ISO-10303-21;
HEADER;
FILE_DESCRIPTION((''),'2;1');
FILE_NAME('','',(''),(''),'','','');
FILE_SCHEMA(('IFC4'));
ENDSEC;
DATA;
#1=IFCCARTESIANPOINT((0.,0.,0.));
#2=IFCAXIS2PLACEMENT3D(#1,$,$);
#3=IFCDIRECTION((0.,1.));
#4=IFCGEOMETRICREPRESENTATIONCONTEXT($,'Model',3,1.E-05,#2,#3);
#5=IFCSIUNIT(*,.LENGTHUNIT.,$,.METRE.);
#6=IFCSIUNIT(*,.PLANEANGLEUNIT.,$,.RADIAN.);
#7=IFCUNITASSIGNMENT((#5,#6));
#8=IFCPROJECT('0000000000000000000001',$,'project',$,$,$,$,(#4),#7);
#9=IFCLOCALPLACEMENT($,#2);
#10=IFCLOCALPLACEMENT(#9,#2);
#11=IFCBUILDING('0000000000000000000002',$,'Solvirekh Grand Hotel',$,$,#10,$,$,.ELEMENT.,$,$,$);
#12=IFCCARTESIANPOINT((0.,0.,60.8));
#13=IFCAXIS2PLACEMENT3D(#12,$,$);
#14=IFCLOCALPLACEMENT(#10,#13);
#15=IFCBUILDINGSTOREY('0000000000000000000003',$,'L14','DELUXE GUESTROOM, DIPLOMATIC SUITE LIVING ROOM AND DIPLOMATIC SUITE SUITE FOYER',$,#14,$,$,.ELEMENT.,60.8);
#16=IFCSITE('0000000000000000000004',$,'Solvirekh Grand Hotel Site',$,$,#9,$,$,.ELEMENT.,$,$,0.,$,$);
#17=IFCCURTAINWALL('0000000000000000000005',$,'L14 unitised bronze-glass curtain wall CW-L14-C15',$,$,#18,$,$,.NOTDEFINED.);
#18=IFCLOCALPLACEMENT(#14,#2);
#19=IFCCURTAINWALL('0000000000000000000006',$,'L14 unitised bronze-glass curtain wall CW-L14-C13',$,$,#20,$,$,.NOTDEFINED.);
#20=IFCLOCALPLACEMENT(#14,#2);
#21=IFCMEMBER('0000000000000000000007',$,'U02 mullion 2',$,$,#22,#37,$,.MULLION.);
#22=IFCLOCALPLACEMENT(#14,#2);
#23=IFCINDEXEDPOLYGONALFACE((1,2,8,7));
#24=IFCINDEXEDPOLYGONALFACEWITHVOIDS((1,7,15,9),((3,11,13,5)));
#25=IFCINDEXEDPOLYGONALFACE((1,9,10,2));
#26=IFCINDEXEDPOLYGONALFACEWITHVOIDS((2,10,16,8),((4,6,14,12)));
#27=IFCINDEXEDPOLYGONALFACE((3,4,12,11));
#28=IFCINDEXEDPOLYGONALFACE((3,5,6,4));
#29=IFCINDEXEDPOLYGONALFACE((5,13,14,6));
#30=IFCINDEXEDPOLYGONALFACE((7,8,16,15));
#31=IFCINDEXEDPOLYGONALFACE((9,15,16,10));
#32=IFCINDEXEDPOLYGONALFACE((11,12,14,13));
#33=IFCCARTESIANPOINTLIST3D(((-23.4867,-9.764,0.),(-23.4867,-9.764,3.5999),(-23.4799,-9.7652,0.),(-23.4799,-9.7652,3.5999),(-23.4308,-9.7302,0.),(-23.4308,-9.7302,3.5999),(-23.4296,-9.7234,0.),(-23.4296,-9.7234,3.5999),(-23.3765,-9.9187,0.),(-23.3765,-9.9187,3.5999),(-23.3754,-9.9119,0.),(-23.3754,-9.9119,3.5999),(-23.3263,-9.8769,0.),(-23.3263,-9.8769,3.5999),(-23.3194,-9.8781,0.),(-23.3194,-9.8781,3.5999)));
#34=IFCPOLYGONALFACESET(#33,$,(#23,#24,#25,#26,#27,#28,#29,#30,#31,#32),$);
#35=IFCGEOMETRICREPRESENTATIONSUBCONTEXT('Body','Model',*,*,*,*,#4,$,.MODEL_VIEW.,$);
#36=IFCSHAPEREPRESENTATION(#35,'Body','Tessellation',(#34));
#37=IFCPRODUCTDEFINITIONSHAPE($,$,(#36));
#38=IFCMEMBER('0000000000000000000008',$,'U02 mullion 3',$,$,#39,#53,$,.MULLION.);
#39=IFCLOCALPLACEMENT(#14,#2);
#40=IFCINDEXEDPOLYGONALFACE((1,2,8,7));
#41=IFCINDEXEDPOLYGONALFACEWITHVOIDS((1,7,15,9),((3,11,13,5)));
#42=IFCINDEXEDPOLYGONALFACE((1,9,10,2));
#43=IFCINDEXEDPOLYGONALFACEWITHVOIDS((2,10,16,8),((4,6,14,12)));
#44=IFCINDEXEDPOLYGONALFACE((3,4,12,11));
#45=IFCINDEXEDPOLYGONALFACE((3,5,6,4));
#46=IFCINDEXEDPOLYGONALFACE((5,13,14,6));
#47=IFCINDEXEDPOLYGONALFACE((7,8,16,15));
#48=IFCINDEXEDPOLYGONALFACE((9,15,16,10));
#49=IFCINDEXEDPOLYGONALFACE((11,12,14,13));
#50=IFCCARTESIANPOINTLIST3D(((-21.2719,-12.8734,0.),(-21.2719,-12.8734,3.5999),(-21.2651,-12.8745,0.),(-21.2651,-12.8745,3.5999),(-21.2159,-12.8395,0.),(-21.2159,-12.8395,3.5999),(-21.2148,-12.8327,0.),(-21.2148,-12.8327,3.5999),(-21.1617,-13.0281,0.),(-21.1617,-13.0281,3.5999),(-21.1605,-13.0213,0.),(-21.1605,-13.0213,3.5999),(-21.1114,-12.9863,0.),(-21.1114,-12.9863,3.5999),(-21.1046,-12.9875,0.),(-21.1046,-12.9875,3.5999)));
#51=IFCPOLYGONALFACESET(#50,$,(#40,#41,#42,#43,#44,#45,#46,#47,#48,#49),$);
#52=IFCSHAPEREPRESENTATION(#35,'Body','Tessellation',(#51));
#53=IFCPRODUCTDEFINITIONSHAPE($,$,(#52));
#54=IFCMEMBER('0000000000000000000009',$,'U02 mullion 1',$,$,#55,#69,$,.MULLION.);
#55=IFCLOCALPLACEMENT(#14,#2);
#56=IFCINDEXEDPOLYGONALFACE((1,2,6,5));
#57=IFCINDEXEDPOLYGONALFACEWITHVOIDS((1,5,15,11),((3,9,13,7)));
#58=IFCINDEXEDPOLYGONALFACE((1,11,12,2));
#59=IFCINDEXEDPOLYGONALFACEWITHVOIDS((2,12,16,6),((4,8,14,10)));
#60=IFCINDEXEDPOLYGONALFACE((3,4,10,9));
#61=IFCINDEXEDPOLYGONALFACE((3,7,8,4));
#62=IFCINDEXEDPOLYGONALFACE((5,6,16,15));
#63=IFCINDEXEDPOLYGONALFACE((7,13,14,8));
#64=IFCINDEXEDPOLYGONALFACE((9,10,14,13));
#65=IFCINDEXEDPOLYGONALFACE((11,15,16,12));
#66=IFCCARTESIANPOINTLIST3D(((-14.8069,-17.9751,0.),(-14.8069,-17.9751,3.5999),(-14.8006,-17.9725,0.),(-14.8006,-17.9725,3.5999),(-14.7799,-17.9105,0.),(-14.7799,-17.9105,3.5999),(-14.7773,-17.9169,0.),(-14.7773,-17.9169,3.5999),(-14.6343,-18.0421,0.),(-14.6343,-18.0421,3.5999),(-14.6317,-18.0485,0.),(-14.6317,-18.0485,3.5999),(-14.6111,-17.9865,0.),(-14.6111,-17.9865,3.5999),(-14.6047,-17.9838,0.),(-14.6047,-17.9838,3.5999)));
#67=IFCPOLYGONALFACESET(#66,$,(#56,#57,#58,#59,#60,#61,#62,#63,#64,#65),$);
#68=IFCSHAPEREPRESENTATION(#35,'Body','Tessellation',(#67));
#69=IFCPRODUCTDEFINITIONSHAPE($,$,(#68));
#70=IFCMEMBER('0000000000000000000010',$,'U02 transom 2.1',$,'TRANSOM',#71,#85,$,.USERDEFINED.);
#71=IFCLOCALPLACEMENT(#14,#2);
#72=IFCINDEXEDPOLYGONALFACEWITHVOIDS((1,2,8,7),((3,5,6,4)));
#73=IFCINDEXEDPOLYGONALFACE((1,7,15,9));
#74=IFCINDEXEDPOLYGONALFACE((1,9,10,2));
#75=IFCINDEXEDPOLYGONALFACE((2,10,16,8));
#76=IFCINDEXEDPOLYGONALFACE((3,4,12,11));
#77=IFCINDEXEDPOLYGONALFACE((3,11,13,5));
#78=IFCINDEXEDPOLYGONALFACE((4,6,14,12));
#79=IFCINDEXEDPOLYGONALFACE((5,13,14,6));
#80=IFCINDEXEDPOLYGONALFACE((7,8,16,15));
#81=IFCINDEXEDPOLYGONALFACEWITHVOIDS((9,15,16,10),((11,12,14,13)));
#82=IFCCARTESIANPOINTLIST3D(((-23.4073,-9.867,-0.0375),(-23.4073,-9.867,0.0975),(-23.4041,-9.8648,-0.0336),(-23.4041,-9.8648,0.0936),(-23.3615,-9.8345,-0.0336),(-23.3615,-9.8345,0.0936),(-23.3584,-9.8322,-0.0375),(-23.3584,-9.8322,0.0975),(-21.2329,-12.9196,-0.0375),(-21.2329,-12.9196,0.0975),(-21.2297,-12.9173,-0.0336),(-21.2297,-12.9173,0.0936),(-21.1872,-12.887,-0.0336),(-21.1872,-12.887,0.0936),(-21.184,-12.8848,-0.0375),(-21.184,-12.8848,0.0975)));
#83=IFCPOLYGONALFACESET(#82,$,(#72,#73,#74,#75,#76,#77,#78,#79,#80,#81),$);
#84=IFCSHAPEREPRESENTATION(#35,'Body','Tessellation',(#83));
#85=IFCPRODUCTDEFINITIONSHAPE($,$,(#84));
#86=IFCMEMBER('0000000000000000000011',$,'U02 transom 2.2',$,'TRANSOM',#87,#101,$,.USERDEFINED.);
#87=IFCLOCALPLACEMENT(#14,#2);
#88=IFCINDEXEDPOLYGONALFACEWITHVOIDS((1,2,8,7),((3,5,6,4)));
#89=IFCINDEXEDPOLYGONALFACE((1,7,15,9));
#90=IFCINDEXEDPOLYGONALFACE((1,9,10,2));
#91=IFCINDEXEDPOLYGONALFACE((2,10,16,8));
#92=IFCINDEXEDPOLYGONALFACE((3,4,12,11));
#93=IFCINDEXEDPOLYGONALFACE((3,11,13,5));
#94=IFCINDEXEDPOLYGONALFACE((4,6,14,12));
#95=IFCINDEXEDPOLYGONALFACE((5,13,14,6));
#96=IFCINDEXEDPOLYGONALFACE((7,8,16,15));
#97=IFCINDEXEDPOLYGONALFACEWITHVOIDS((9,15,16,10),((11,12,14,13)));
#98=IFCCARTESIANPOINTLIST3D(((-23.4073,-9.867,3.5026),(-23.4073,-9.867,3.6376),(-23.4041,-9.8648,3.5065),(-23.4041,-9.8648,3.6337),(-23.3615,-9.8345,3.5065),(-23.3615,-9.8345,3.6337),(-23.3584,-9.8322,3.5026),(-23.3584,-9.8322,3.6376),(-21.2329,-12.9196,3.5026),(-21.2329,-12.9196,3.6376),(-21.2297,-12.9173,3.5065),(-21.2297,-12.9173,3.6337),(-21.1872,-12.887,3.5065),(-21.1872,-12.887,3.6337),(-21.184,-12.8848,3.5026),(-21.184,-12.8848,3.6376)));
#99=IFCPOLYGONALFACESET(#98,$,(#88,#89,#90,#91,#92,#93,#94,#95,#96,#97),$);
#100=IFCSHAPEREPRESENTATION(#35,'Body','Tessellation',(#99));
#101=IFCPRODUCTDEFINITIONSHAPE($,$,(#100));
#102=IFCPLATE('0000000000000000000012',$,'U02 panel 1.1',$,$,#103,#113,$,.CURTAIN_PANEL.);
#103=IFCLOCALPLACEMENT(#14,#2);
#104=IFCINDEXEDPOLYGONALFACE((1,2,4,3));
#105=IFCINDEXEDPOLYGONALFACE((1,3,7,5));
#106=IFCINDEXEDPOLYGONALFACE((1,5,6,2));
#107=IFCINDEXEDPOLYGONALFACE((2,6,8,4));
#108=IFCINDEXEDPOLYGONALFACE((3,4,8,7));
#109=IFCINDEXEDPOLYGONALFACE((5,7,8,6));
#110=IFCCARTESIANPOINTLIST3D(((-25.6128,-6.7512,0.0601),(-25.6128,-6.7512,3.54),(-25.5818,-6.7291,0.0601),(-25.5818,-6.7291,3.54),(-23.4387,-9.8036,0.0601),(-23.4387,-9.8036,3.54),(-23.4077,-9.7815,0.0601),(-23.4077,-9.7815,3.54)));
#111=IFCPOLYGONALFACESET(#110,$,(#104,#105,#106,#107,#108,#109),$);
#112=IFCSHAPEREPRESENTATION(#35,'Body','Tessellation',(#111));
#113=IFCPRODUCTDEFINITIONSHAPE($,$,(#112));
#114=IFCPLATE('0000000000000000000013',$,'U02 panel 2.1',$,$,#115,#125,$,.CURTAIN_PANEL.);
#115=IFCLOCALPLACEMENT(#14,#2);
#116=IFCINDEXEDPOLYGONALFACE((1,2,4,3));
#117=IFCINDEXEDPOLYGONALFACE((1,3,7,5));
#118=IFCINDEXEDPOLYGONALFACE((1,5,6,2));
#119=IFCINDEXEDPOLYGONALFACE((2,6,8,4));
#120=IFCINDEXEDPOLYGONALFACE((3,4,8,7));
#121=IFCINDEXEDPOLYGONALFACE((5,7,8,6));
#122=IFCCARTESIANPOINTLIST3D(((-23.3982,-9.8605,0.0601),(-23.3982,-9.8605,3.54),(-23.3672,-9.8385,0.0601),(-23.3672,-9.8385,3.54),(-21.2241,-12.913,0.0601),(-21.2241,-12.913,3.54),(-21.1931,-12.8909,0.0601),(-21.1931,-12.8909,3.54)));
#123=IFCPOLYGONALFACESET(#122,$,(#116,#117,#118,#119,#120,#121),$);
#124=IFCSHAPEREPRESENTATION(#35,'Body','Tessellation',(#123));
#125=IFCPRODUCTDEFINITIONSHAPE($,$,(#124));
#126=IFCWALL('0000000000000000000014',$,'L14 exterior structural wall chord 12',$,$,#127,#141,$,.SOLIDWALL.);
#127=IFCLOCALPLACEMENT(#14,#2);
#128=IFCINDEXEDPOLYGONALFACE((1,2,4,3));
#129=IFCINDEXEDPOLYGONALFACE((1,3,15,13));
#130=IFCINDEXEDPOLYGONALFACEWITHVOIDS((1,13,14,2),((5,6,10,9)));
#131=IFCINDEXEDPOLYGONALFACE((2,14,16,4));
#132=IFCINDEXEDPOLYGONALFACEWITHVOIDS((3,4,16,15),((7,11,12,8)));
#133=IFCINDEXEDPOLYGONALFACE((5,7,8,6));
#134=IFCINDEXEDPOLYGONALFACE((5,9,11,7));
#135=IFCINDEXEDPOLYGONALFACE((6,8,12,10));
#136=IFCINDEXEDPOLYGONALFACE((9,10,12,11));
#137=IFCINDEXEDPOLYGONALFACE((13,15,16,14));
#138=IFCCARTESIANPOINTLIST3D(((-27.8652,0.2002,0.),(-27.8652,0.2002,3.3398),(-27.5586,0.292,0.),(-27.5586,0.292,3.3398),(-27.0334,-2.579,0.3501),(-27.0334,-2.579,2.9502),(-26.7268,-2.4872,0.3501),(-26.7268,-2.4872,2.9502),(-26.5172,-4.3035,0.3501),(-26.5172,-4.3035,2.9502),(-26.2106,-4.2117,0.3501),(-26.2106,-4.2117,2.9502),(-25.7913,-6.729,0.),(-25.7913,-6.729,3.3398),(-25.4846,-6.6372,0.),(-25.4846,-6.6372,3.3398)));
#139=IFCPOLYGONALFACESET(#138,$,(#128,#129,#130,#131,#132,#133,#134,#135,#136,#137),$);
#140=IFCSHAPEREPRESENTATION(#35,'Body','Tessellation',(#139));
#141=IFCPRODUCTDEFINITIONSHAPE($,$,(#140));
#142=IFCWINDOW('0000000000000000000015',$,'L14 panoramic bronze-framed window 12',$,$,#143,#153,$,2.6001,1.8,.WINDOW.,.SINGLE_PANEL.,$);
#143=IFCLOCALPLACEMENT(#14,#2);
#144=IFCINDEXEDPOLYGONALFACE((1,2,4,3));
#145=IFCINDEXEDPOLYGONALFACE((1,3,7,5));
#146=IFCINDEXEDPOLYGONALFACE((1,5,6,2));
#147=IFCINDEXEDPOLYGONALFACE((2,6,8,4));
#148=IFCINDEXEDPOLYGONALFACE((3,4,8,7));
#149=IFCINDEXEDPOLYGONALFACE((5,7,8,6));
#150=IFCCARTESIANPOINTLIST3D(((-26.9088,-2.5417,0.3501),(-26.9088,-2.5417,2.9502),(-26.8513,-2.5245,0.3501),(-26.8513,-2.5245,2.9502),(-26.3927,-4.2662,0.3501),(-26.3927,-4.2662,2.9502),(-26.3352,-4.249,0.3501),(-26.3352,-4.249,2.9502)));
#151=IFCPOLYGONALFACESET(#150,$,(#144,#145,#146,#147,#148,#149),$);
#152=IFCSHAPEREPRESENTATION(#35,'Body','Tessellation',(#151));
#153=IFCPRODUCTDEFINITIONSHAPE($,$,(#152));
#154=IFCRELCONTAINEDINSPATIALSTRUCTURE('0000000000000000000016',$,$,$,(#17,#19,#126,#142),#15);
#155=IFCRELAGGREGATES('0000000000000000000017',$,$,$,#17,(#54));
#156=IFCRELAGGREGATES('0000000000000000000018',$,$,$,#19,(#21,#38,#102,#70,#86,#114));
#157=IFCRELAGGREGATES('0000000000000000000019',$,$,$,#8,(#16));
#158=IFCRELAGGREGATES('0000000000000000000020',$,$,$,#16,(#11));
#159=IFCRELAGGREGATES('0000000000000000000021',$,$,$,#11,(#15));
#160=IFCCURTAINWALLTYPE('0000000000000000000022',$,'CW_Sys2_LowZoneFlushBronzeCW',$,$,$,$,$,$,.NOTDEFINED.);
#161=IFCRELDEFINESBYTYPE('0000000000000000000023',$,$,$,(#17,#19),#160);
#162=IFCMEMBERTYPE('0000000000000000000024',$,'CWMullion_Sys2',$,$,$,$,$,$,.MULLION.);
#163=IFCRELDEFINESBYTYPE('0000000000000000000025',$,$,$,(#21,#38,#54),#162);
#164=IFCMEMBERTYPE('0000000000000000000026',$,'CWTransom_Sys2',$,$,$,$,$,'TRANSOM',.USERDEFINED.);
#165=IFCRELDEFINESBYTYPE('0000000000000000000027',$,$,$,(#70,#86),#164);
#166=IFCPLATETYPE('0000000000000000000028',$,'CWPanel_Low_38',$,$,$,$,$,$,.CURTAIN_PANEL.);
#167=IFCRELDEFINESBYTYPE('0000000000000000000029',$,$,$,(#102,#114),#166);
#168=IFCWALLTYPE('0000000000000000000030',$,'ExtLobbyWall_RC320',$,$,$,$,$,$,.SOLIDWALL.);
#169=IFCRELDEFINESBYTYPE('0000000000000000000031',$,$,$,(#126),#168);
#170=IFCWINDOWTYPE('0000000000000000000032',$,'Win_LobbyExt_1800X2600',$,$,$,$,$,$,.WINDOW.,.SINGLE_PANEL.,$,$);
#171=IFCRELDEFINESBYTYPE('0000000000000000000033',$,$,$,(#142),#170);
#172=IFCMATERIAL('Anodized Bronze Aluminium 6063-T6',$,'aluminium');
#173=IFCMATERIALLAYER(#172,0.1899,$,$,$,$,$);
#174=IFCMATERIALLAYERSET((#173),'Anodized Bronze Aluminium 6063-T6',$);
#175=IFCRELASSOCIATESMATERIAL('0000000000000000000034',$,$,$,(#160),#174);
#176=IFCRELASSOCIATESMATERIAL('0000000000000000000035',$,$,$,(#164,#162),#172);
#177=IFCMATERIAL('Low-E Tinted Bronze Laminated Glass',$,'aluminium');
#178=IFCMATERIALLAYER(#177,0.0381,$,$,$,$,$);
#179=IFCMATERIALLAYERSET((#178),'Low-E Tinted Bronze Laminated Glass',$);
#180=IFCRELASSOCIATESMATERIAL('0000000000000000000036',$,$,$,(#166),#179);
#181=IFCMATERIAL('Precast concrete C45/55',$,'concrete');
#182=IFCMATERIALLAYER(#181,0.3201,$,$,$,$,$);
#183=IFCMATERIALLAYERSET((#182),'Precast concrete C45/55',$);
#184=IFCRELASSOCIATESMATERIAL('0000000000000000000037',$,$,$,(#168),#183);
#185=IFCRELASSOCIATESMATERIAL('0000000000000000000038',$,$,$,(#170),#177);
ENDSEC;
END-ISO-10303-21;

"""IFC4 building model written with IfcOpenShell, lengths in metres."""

from ifc_helpers import new_model, si_unit, direction, frame, frame_2d, origin, origin_2d, place, context, subcontext, project, spatial, rectangle, hollow_rectangle, extrude, source, transform, mapped, material, layer, layer_set, material_profile, profile_set, type_object, element, fill, aggregate, save


model = new_model("IFC4")

# Units and contexts
model_context = context("Model", 3, precision=1e-05, world=origin(), true_north=direction((0.0, 1.0)))
body_context = subcontext(model_context, "Body", "Model", "MODEL_VIEW")
ifc_project = project(units=[si_unit("LENGTHUNIT", "METRE"), si_unit("PLANEANGLEUNIT", "RADIAN")], contexts=[model_context])

# Site, building, storey
site_placement = place(None, origin())
site = spatial("IfcSite", under=ifc_project, at=site_placement, Name="Solvirekh Grand Hotel Site", CompositionType="ELEMENT", RefElevation=0.0)
building_placement = place(site_placement, origin())
building = spatial("IfcBuilding", under=site, at=building_placement, Name="Solvirekh Grand Hotel", CompositionType="ELEMENT")
storey_placement = place(building_placement, frame((0.0, 0.0, 60.8)))
storey = spatial("IfcBuildingStorey", under=building, at=storey_placement, Name="L14", Description="DELUXE GUESTROOM, DIPLOMATIC SUITE LIVING ROOM AND DIPLOMATIC SUITE SUITE FOYER", CompositionType="ELEMENT", Elevation=60.8)

# Curtain wall
ifc_material_1 = material(Name="Anodized Bronze Aluminium 6063-T6", Category="aluminium")
ifc_layer_1 = layer(ifc_material_1, 0.1899)
ifc_layer_set_1 = layer_set([ifc_layer_1], Name="Anodized Bronze Aluminium 6063-T6")
curtain_wall_type = type_object("IfcCurtainWallType", Name="CW_Sys2_LowZoneFlushBronzeCW", PredefinedType="NOTDEFINED", material=ifc_layer_set_1)
curtain_wall_1_placement = place(storey_placement, origin())
curtain_wall_1 = element("IfcCurtainWall", 1, at=curtain_wall_1_placement, inside=storey, type_object=curtain_wall_type, Name="L14 unitised bronze-glass curtain wall CW-L14-C15", PredefinedType="NOTDEFINED")
ifc_material_profile_1 = material_profile(ifc_material_1, hollow_rectangle(XDim=0.0601, YDim=0.135, WallThickness=0.0039, at=origin_2d()), Name="ALU RHS 135X60X4")
ifc_profile_set_1 = profile_set([ifc_material_profile_1], Name="Anodized Bronze Aluminium 6063-T6")
member_type_1 = type_object("IfcMemberType", Name="CWTransom_Sys2", ElementType="TRANSOM", PredefinedType="USERDEFINED", material=ifc_profile_set_1)

# Curtain wall, members
curtain_wall_2_placement = place(storey_placement, origin())
curtain_wall_2 = element("IfcCurtainWall", 2, at=curtain_wall_2_placement, inside=storey, type_object=curtain_wall_type, Name="L14 unitised bronze-glass curtain wall CW-L14-C13", PredefinedType="NOTDEFINED")
ifc_material_profile_2 = material_profile(ifc_material_1, hollow_rectangle(XDim=0.0701, YDim=0.1899, WallThickness=0.0049, at=origin_2d()), Name="ALU RHS 190X70X5")
ifc_profile_set_2 = profile_set([ifc_material_profile_2], Name="Anodized Bronze Aluminium 6063-T6")
member_type_2 = type_object("IfcMemberType", Name="CWMullion_Sys2", PredefinedType="MULLION", material=ifc_profile_set_2)
shared_shape_1 = source(origin(), body_context, "Body", "SweptSolid", [
    extrude(hollow_rectangle(XDim=0.0701, YDim=0.1899, WallThickness=0.0049, at=origin_2d()), origin(), (0.0, 0.0, 1.0), 3.5999),
])
member_1_placement = place(storey_placement, frame((-23.4031, -9.821, 0.0), z_axis=(0.0, 0.0, 1.0), x_axis=(0.814522, 0.580133, 0.0)))
member_1 = element("IfcMember", 3, at=member_1_placement, type_object=member_type_2, Name="U02 mullion 2", PredefinedType="MULLION", context=body_context, shape_type="MappedRepresentation", body=[
    mapped(shared_shape_1, transform((0.0, 0.0, 0.0), x_axis=(1.0, 0.0, 0.0), y_axis=(0.0, 1.0, 0.0), z_axis=(0.0, 0.0, 1.0), scale=1.0)),
])
member_2_placement = place(storey_placement, frame((-21.1882, -12.9304, 0.0), z_axis=(0.0, 0.0, 1.0), x_axis=(0.814522, 0.580133, 0.0)))
member_2 = element("IfcMember", 4, at=member_2_placement, type_object=member_type_2, Name="U02 mullion 3", PredefinedType="MULLION", context=body_context, shape_type="MappedRepresentation", body=[
    mapped(shared_shape_1, transform((0.0, 0.0, 0.0), x_axis=(1.0, 0.0, 0.0), y_axis=(0.0, 1.0, 0.0), z_axis=(0.0, 0.0, 1.0), scale=1.0)),
])

# Members
member_3_placement = place(storey_placement, frame((-14.7058, -17.9795, 0.0), z_axis=(0.0, 0.0, 1.0), x_axis=(0.386058, 0.922474, 0.0)))
member_3 = element("IfcMember", 5, at=member_3_placement, type_object=member_type_2, Name="U02 mullion 1", PredefinedType="MULLION", context=body_context, shape_type="MappedRepresentation", body=[
    mapped(shared_shape_1, transform((0.0, 0.0, 0.0), x_axis=(1.0, 0.0, 0.0), y_axis=(0.0, 1.0, 0.0), z_axis=(0.0, 0.0, 1.0), scale=1.0)),
])
aggregate(curtain_wall_1, [member_3])
shared_shape_2 = source(origin(), body_context, "Body", "SweptSolid", [
    extrude(hollow_rectangle(XDim=0.0601, YDim=0.135, WallThickness=0.0039, at=origin_2d()), origin(), (0.0, 0.0, 1.0), 3.7478),
])
member_4_placement = place(storey_placement, frame((-23.3828, -9.8496, 0.03), z_axis=(0.580172, -0.814494, 0.0), x_axis=(0.814494, 0.580172, 0.0)))
member_4 = element("IfcMember", 6, at=member_4_placement, type_object=member_type_1, Name="U02 transom 2.1", ObjectType="TRANSOM", PredefinedType="USERDEFINED", context=body_context, shape_type="MappedRepresentation", body=[
    mapped(shared_shape_2, transform((0.0, 0.0, 0.0), x_axis=(1.0, 0.0, 0.0), y_axis=(0.0, 1.0, 0.0), z_axis=(0.0, 0.0, 1.0), scale=1.0)),
])
member_5_placement = place(storey_placement, frame((-23.3828, -9.8496, 3.5701), z_axis=(0.580172, -0.814494, 0.0), x_axis=(0.814494, 0.580172, 0.0)))
member_5 = element("IfcMember", 7, at=member_5_placement, type_object=member_type_1, Name="U02 transom 2.2", ObjectType="TRANSOM", PredefinedType="USERDEFINED", context=body_context, shape_type="MappedRepresentation", body=[
    mapped(shared_shape_2, transform((0.0, 0.0, 0.0), x_axis=(1.0, 0.0, 0.0), y_axis=(0.0, 1.0, 0.0), z_axis=(0.0, 0.0, 1.0), scale=1.0)),
])

# Plates
ifc_material_2 = material(Name="Low-E Tinted Bronze Laminated Glass", Category="aluminium")
ifc_layer_2 = layer(ifc_material_2, 0.0381)
ifc_layer_set_2 = layer_set([ifc_layer_2], Name="Low-E Tinted Bronze Laminated Glass")
plate_type = type_object("IfcPlateType", Name="CWPanel_Low_38", PredefinedType="CURTAIN_PANEL", material=ifc_layer_set_2)
shared_shape_3 = source(origin(), body_context, "Body", "SweptSolid", [
    extrude(rectangle(XDim=3.7476, YDim=0.0381, at=origin_2d()), origin(), (0.0, 0.0, 1.0), 3.48),
])
plate_1_placement = place(storey_placement, frame((-24.5103, -8.2664, 0.0601), z_axis=(0.0, 0.0, 1.0), x_axis=(0.580133, -0.814522, 0.0)))
plate_1 = element("IfcPlate", 8, at=plate_1_placement, type_object=plate_type, Name="U02 panel 1.1", PredefinedType="CURTAIN_PANEL", context=body_context, shape_type="MappedRepresentation", body=[
    mapped(shared_shape_3, transform((0.0, 0.0, 0.0), x_axis=(1.0, 0.0, 0.0), y_axis=(0.0, 1.0, 0.0), z_axis=(0.0, 0.0, 1.0), scale=1.0)),
])
plate_2_placement = place(storey_placement, frame((-22.2957, -11.3757, 0.0601), z_axis=(0.0, 0.0, 1.0), x_axis=(0.580133, -0.814522, 0.0)))
plate_2 = element("IfcPlate", 9, at=plate_2_placement, type_object=plate_type, Name="U02 panel 2.1", PredefinedType="CURTAIN_PANEL", context=body_context, shape_type="MappedRepresentation", body=[
    mapped(shared_shape_3, transform((0.0, 0.0, 0.0), x_axis=(1.0, 0.0, 0.0), y_axis=(0.0, 1.0, 0.0), z_axis=(0.0, 0.0, 1.0), scale=1.0)),
])
aggregate(curtain_wall_2, [member_1, member_2, plate_1, member_4, member_5, plate_2])

# Wall, opening, window
ifc_material_3 = material(Name="Precast concrete C45/55", Category="concrete")
ifc_layer_3 = layer(ifc_material_3, 0.3201)
ifc_layer_set_3 = layer_set([ifc_layer_3], Name="Precast concrete C45/55")
wall_type_1 = type_object("IfcWallType", Name="ExtLobbyWall_RC320", PredefinedType="SOLIDWALL", material=ifc_layer_set_3)
wall_1_placement = place(storey_placement, frame((-25.6379, -6.6831, 0.0), z_axis=(0.0, 0.0, 1.0), x_axis=(-0.286741, 0.958008, 0.0)))
wall_1 = element("IfcWall", 10, at=wall_1_placement, inside=storey, type_object=wall_type_1, Name="L14 exterior structural wall chord 12", PredefinedType="SOLIDWALL", context=body_context, shape_type="SweptSolid", body=[
    extrude(rectangle(XDim=7.2329, YDim=0.3201, at=frame_2d((3.6165, 0.0))), origin(), (0.0, 0.0, 1.0), 3.3398),
])
opening_1_placement = place(wall_1_placement, frame((2.532, 0.0, 0.3501)))
opening_1 = element("IfcOpeningElement", 11, at=opening_1_placement, cuts=wall_1, PredefinedType="OPENING", context=body_context, shape_type="SweptSolid", body=[
    extrude(rectangle(XDim=1.8, YDim=2.6001, at=frame_2d((0.8999, 1.3))), frame((0.0, 0.1699, 0.0), z_axis=(0.0, -1.0, 0.0), x_axis=(1.0, 0.0, 0.0)), (0.0, 0.0, 1.0), 0.3401),
])
window_type = type_object("IfcWindowType", Name="Win_LobbyExt_1800X2600", PartitioningType="SINGLE_PANEL", PredefinedType="WINDOW", material=ifc_material_2)
window_1_placement = place(opening_1_placement, origin())
window_1 = element("IfcWindow", 12, at=window_1_placement, inside=storey, type_object=window_type, Name="L14 panoramic bronze-framed window 12", OverallHeight=2.6001, OverallWidth=1.8, PartitioningType="SINGLE_PANEL", PredefinedType="WINDOW", context=body_context, shape_type="SweptSolid", body=[
    extrude(rectangle(XDim=1.8, YDim=2.6001, at=frame_2d((0.8999, 1.3))), frame((0.0, 0.03, 0.0), z_axis=(0.0, -1.0, 0.0), x_axis=(1.0, 0.0, 0.0)), (0.0, 0.0, 1.0), 0.0601),
])
fill(opening_1, window_1)

save(model, "model.ifc")
